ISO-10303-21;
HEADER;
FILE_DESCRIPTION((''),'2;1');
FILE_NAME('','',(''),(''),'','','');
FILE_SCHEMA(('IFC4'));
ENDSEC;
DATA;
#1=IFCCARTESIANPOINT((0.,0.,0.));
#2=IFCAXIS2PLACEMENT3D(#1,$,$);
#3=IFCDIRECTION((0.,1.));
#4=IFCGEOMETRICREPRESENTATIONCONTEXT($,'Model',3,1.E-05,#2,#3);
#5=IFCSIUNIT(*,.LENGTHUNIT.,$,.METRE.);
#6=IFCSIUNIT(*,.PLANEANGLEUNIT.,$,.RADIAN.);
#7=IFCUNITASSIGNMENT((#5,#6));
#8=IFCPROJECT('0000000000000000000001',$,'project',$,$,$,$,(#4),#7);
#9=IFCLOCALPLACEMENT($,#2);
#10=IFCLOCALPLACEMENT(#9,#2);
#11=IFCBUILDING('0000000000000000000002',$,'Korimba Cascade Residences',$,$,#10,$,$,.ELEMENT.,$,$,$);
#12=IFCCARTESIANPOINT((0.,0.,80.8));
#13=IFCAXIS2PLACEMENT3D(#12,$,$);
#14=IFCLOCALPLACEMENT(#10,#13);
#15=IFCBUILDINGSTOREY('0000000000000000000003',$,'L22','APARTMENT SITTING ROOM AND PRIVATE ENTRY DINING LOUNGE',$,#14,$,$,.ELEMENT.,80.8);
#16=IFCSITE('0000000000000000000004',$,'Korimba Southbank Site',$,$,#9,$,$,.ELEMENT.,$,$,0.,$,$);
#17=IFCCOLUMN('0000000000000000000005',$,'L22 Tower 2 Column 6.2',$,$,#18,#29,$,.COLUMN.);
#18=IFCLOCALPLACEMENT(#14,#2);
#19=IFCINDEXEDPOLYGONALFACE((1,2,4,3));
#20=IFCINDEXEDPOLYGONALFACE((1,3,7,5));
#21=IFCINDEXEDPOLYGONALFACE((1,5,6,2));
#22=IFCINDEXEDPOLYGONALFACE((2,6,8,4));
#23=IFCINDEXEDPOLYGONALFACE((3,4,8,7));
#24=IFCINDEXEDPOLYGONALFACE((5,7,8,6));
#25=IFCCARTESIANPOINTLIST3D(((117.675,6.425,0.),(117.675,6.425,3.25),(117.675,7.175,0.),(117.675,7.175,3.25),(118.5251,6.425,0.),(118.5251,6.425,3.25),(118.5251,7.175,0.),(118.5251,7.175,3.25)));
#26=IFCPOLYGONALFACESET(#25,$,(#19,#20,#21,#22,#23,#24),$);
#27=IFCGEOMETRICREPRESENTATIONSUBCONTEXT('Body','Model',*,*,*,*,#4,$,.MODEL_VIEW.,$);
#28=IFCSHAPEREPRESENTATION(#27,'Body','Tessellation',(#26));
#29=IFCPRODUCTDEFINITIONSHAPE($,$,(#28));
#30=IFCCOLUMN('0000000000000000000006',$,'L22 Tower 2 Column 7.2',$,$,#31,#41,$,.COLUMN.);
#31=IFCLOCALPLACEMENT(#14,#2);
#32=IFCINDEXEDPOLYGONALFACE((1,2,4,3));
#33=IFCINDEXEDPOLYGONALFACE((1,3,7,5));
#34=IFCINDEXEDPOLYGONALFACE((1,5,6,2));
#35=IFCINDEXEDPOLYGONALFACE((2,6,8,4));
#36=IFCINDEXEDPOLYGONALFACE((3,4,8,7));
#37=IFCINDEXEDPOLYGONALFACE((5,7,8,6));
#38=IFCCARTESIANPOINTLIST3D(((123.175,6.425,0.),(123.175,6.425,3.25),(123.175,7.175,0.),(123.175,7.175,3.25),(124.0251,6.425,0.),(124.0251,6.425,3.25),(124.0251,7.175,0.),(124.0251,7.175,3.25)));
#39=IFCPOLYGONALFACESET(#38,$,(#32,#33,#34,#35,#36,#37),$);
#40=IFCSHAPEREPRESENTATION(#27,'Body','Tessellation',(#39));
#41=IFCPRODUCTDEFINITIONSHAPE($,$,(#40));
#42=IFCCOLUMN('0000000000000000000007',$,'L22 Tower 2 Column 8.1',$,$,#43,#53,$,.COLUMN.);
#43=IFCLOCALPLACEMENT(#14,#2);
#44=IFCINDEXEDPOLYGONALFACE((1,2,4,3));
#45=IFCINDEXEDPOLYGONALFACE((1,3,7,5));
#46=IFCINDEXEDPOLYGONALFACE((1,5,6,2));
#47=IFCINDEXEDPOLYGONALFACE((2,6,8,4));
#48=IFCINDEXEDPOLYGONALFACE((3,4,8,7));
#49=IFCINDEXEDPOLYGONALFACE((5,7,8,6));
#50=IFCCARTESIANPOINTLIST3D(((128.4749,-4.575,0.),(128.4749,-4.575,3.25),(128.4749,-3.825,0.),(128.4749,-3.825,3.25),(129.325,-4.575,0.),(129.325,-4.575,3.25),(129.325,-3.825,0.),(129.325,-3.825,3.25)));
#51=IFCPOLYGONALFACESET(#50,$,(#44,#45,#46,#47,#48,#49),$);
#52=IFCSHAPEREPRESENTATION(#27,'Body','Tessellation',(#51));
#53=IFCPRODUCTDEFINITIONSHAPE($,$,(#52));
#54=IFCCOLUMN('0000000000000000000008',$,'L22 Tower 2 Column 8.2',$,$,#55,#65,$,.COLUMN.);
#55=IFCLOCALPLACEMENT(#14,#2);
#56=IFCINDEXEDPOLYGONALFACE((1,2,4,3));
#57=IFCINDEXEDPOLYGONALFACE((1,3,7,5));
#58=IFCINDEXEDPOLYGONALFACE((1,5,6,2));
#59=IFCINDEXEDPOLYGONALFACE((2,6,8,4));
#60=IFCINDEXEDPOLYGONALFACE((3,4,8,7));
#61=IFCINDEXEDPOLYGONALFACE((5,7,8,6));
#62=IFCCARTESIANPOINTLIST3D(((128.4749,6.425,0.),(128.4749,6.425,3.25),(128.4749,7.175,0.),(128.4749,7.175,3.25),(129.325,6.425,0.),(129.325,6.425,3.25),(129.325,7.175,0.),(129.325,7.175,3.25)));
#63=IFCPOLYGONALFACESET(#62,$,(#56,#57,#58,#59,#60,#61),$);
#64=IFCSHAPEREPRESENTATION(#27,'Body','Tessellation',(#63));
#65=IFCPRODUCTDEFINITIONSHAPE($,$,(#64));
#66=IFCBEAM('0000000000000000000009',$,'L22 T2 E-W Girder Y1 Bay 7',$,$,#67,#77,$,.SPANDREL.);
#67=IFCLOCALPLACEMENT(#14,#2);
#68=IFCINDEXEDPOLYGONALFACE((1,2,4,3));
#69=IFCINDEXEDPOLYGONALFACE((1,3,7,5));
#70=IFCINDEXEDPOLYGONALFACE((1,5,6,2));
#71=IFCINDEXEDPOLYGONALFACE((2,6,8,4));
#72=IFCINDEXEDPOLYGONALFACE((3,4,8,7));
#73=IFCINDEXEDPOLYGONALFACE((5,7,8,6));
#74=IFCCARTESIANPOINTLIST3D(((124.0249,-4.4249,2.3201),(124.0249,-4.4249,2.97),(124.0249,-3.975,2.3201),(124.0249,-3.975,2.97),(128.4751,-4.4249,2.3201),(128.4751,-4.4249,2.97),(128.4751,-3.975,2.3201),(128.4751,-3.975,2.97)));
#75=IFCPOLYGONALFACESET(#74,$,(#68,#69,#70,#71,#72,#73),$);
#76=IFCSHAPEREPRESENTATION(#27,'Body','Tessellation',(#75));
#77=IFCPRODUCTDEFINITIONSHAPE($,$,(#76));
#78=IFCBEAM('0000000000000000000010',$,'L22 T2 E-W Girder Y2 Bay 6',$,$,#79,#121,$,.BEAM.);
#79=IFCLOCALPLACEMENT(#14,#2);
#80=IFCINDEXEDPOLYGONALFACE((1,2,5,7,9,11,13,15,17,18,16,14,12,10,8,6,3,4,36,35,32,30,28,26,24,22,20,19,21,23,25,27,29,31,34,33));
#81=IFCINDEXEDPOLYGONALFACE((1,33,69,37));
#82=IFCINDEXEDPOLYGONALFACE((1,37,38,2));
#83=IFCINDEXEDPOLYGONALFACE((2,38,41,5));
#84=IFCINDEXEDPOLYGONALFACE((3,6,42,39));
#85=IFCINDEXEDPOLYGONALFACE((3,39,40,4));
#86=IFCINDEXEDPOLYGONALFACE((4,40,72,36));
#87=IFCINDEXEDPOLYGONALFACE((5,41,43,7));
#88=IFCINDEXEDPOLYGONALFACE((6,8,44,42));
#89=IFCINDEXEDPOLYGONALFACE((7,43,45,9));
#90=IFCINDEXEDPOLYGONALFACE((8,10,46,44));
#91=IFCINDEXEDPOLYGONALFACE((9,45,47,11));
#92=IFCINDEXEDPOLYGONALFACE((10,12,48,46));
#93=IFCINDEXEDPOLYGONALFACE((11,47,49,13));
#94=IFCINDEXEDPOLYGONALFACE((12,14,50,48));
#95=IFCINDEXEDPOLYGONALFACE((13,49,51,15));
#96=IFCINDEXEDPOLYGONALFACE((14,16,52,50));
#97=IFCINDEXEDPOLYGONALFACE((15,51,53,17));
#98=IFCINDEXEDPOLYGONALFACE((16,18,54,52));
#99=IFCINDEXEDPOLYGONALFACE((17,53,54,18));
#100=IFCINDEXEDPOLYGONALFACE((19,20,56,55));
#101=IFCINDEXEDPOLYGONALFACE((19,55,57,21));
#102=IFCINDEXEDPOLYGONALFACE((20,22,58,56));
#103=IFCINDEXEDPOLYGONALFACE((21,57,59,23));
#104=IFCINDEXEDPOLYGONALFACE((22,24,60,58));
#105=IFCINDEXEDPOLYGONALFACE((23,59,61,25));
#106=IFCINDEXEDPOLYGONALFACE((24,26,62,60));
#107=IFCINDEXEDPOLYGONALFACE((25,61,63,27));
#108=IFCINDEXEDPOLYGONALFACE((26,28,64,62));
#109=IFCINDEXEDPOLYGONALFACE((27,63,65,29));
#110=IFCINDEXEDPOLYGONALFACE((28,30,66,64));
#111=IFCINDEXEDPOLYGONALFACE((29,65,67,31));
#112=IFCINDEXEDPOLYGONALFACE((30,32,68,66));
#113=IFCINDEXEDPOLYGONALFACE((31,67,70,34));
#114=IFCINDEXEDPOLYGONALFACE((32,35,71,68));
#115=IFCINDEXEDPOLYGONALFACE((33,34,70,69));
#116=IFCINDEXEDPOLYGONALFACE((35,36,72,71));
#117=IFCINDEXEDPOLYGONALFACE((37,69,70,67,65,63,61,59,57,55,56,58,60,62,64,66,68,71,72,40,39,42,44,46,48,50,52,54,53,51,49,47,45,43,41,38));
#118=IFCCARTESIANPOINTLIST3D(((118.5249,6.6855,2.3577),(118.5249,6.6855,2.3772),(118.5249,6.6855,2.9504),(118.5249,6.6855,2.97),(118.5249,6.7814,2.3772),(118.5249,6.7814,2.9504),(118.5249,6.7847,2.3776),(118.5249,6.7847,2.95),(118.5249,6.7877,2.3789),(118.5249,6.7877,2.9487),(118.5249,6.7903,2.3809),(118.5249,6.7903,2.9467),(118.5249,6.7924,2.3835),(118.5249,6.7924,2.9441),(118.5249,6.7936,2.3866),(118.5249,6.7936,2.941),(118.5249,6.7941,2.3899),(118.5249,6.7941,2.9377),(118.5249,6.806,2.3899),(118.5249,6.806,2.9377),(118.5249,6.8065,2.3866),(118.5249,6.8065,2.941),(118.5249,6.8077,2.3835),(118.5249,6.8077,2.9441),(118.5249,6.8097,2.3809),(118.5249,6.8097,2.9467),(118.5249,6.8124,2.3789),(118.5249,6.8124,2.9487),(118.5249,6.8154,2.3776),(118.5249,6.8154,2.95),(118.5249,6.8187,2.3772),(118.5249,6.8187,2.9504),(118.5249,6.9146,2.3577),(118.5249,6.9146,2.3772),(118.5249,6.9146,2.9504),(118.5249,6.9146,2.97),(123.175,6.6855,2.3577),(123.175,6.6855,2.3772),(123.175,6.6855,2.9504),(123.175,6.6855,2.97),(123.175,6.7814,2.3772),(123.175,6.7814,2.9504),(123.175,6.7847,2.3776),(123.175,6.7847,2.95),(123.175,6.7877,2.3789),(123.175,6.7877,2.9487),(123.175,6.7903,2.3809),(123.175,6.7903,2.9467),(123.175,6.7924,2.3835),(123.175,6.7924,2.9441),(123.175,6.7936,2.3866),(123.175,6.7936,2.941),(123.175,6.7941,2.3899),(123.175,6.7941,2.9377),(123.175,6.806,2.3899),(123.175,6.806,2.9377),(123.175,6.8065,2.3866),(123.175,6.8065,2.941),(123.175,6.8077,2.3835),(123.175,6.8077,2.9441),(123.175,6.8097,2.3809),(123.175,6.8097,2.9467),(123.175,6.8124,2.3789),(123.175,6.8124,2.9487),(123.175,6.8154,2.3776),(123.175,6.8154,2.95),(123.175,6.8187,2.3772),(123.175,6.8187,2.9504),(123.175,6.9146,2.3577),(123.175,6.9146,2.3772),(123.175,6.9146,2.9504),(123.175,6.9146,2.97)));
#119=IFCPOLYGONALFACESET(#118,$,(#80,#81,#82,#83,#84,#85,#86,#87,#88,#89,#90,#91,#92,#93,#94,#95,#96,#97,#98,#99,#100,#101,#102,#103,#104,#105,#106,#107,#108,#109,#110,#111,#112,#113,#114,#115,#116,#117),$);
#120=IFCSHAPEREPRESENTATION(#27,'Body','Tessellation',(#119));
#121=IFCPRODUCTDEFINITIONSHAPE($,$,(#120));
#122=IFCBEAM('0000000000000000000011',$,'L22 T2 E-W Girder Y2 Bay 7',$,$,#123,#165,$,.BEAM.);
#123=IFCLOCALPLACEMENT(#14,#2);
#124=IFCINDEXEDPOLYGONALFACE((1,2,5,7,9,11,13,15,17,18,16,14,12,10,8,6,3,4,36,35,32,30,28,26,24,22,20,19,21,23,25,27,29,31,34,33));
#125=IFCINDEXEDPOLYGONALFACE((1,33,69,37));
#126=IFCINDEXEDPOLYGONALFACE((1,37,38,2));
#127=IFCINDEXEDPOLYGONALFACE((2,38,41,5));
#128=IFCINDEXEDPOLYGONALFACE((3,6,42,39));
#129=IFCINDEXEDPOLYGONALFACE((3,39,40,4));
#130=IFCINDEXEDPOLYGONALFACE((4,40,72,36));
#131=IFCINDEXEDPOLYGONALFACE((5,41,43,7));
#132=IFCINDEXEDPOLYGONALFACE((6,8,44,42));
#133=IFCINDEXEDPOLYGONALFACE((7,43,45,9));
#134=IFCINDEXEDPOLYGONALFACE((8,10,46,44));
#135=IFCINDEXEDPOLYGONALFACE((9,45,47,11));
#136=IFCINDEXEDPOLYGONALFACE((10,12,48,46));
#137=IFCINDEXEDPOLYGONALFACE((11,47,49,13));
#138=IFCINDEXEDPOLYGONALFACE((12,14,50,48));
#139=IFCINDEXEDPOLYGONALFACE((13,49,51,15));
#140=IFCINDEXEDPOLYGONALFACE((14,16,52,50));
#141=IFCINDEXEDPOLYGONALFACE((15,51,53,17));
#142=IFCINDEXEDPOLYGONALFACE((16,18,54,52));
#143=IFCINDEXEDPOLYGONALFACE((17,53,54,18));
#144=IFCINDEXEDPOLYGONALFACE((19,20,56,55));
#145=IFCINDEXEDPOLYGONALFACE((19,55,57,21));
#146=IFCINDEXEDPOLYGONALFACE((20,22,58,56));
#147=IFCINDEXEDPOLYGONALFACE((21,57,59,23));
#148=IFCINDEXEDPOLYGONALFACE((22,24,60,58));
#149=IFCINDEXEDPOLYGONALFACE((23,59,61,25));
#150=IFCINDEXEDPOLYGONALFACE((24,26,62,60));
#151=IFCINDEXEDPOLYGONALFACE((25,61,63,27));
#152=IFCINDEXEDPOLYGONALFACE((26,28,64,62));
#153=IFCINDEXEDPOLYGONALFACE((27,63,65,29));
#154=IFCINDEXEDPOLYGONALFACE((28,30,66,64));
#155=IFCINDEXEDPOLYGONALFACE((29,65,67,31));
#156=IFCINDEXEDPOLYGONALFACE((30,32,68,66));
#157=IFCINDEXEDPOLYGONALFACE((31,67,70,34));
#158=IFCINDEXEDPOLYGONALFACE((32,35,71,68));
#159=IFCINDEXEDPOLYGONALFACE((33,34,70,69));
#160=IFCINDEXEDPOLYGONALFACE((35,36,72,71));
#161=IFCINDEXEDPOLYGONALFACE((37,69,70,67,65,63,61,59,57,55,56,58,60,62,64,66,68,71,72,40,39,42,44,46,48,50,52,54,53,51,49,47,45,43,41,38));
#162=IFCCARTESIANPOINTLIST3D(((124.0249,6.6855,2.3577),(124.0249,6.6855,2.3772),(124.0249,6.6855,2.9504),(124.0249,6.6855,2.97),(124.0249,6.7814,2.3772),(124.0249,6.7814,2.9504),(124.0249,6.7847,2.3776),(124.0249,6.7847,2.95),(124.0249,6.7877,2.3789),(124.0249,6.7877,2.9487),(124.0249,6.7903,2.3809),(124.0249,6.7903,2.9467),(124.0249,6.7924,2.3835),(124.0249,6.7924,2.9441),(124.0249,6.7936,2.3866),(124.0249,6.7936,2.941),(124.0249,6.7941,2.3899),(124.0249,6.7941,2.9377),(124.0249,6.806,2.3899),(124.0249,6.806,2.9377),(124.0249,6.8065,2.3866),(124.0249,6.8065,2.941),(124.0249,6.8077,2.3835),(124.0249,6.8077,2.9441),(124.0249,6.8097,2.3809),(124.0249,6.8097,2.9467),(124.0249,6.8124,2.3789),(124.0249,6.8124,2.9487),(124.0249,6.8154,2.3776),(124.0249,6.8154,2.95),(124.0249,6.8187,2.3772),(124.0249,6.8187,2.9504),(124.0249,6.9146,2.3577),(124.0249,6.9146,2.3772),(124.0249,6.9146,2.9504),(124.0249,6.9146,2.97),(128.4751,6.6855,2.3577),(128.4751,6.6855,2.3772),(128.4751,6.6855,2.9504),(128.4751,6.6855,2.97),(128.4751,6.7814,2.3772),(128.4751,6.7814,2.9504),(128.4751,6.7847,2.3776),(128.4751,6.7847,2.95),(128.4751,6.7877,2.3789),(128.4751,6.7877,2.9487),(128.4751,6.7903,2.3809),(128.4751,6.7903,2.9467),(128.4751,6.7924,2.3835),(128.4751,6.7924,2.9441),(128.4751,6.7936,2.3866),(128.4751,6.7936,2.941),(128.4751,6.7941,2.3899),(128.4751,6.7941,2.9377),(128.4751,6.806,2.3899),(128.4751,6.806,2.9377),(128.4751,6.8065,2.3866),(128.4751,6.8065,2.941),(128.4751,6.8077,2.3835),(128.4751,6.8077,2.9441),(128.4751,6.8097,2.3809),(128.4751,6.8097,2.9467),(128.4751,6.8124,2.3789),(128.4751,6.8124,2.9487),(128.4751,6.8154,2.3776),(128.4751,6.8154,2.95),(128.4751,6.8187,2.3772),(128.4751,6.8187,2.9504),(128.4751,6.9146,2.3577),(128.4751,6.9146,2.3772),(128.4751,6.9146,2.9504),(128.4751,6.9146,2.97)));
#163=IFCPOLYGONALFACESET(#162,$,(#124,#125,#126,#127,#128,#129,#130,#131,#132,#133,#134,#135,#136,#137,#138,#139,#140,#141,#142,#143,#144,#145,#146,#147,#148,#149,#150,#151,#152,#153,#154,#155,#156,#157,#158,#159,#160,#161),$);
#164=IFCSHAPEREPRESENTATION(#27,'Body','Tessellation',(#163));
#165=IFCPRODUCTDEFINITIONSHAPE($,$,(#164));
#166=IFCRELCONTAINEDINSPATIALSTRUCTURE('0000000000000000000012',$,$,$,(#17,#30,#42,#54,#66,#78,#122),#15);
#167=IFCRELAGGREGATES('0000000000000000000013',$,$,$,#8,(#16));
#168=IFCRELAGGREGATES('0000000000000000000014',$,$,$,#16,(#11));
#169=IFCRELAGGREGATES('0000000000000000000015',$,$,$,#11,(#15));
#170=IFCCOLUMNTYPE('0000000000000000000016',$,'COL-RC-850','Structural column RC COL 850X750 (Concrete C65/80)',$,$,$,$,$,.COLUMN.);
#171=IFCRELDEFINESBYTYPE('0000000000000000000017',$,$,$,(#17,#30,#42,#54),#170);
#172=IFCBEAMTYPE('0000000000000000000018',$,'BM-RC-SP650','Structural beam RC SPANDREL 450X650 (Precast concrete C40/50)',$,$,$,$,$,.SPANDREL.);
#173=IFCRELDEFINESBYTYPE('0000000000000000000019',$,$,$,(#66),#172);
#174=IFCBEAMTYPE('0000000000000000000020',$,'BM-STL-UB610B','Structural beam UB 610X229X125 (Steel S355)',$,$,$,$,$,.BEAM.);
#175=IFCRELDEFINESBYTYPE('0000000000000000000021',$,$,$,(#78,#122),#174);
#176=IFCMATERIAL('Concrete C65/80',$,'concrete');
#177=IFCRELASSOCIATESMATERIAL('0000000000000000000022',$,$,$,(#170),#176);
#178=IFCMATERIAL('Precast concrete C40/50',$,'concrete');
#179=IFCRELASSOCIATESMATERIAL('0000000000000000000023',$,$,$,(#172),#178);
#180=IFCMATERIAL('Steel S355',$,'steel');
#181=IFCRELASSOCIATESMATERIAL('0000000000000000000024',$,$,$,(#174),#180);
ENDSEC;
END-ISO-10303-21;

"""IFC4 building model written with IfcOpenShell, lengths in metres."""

from ifc_helpers import new_model, si_unit, direction, frame, origin, origin_2d, place, context, subcontext, project, spatial, rectangle, i_section, extrude, material, material_profile, profile_set, type_object, element, save


model = new_model("IFC4")

# Units and contexts
model_context = context("Model", 3, precision=1e-05, world=origin(), true_north=direction((0.0, 1.0)))
body_context = subcontext(model_context, "Body", "Model", "MODEL_VIEW")
ifc_project = project(units=[si_unit("LENGTHUNIT", "METRE"), si_unit("PLANEANGLEUNIT", "RADIAN")], contexts=[model_context])

# Site, building, storey
site_placement = place(None, origin())
site = spatial("IfcSite", under=ifc_project, at=site_placement, Name="Korimba Southbank Site", CompositionType="ELEMENT", RefElevation=0.0)
building_placement = place(site_placement, origin())
building = spatial("IfcBuilding", under=site, at=building_placement, Name="Korimba Cascade Residences", CompositionType="ELEMENT")
storey_placement = place(building_placement, frame((0.0, 0.0, 80.8)))
storey = spatial("IfcBuildingStorey", under=building, at=storey_placement, Name="L22", Description="APARTMENT SITTING ROOM AND PRIVATE ENTRY DINING LOUNGE", CompositionType="ELEMENT", Elevation=80.8)

# Columns
ifc_material_1 = material(Name="Concrete C65/80", Category="concrete")
ifc_material_profile_1 = material_profile(ifc_material_1, rectangle(XDim=0.8501, YDim=0.75, at=origin_2d()), Name="Concrete C65/80")
ifc_profile_set_1 = profile_set([ifc_material_profile_1], Name="Concrete C65/80")
column_type = type_object("IfcColumnType", Name="COL-RC-850", Description="Structural column RC COL 850X750 (Concrete C65/80)", PredefinedType="COLUMN", material=ifc_profile_set_1)
for number, where, z_axis, x_axis, name in (
    (1, (118.1001, 6.8, 0.0), (0.0, 0.0, 1.0), (1.0, 0.0, 0.0), "L22 Tower 2 Column 6.2"),
    (2, (123.6001, 6.8, 0.0), (0.0, 0.0, 1.0), (1.0, 0.0, 0.0), "L22 Tower 2 Column 7.2"),
    (3, (128.8999, -4.2, 0.0), (0.0, 0.0, 1.0), (1.0, 0.0, 0.0), "L22 Tower 2 Column 8.1"),
    (4, (128.8999, 6.8, 0.0), (0.0, 0.0, 1.0), (1.0, 0.0, 0.0), "L22 Tower 2 Column 8.2"),
):
    element("IfcColumn", number, at=place(storey_placement, frame(where, z_axis=z_axis, x_axis=x_axis)), inside=storey, type_object=column_type, Name=name, PredefinedType="COLUMN", context=body_context, shape_type="SweptSolid", body=[
        extrude(rectangle(XDim=0.8501, YDim=0.75, at=origin_2d()), origin(), (0.0, 0.0, 1.0), 3.25),
    ])

# Beams
ifc_material_2 = material(Name="Precast concrete C40/50", Category="concrete")
ifc_material_profile_2 = material_profile(ifc_material_2, rectangle(XDim=0.45, YDim=0.6499, at=origin_2d()), Name="Precast concrete C40/50")
ifc_profile_set_2 = profile_set([ifc_material_profile_2], Name="Precast concrete C40/50")
beam_type_1 = type_object("IfcBeamType", Name="BM-RC-SP650", Description="Structural beam RC SPANDREL 450X650 (Precast concrete C40/50)", PredefinedType="SPANDREL", material=ifc_profile_set_2)
beam_1_placement = place(storey_placement, frame((124.0249, -4.2, 2.645), z_axis=(1.0, 0.0, 0.0), x_axis=(0.0, 1.0, 0.0)))
element("IfcBeam", 5, at=beam_1_placement, inside=storey, type_object=beam_type_1, Name="L22 T2 E-W Girder Y1 Bay 7", PredefinedType="SPANDREL", context=body_context, shape_type="SweptSolid", body=[
    extrude(rectangle(XDim=0.45, YDim=0.6499, at=origin_2d()), origin(), (0.0, 0.0, 1.0), 4.4502),
])
ifc_material_3 = material(Name="Steel S355", Category="steel")
ifc_material_profile_3 = material_profile(ifc_material_3, i_section(OverallWidth=0.229, OverallDepth=0.6123, WebThickness=0.012, FlangeThickness=0.0195, FilletRadius=0.0127, at=origin_2d()), Name="Steel S355")
ifc_profile_set_3 = profile_set([ifc_material_profile_3], Name="Steel S355")
beam_type_2 = type_object("IfcBeamType", Name="BM-STL-UB610B", Description="Structural beam UB 610X229X125 (Steel S355)", PredefinedType="BEAM", material=ifc_profile_set_3)
beam_2_placement = place(storey_placement, frame((118.5249, 6.8, 2.6638), z_axis=(1.0, 0.0, 0.0), x_axis=(0.0, 1.0, 0.0)))
element("IfcBeam", 6, at=beam_2_placement, inside=storey, type_object=beam_type_2, Name="L22 T2 E-W Girder Y2 Bay 6", PredefinedType="BEAM", context=body_context, shape_type="SweptSolid", body=[
    extrude(i_section(OverallWidth=0.229, OverallDepth=0.6123, WebThickness=0.012, FlangeThickness=0.0195, FilletRadius=0.0127, at=origin_2d()), origin(), (0.0, 0.0, 1.0), 4.6501),
])
beam_3_placement = place(storey_placement, frame((124.0249, 6.8, 2.6638), z_axis=(1.0, 0.0, 0.0), x_axis=(0.0, 1.0, 0.0)))
element("IfcBeam", 7, at=beam_3_placement, inside=storey, type_object=beam_type_2, Name="L22 T2 E-W Girder Y2 Bay 7", PredefinedType="BEAM", context=body_context, shape_type="SweptSolid", body=[
    extrude(i_section(OverallWidth=0.229, OverallDepth=0.6123, WebThickness=0.012, FlangeThickness=0.0195, FilletRadius=0.0127, at=origin_2d()), origin(), (0.0, 0.0, 1.0), 4.4502),
])

save(model, "model.ifc")
